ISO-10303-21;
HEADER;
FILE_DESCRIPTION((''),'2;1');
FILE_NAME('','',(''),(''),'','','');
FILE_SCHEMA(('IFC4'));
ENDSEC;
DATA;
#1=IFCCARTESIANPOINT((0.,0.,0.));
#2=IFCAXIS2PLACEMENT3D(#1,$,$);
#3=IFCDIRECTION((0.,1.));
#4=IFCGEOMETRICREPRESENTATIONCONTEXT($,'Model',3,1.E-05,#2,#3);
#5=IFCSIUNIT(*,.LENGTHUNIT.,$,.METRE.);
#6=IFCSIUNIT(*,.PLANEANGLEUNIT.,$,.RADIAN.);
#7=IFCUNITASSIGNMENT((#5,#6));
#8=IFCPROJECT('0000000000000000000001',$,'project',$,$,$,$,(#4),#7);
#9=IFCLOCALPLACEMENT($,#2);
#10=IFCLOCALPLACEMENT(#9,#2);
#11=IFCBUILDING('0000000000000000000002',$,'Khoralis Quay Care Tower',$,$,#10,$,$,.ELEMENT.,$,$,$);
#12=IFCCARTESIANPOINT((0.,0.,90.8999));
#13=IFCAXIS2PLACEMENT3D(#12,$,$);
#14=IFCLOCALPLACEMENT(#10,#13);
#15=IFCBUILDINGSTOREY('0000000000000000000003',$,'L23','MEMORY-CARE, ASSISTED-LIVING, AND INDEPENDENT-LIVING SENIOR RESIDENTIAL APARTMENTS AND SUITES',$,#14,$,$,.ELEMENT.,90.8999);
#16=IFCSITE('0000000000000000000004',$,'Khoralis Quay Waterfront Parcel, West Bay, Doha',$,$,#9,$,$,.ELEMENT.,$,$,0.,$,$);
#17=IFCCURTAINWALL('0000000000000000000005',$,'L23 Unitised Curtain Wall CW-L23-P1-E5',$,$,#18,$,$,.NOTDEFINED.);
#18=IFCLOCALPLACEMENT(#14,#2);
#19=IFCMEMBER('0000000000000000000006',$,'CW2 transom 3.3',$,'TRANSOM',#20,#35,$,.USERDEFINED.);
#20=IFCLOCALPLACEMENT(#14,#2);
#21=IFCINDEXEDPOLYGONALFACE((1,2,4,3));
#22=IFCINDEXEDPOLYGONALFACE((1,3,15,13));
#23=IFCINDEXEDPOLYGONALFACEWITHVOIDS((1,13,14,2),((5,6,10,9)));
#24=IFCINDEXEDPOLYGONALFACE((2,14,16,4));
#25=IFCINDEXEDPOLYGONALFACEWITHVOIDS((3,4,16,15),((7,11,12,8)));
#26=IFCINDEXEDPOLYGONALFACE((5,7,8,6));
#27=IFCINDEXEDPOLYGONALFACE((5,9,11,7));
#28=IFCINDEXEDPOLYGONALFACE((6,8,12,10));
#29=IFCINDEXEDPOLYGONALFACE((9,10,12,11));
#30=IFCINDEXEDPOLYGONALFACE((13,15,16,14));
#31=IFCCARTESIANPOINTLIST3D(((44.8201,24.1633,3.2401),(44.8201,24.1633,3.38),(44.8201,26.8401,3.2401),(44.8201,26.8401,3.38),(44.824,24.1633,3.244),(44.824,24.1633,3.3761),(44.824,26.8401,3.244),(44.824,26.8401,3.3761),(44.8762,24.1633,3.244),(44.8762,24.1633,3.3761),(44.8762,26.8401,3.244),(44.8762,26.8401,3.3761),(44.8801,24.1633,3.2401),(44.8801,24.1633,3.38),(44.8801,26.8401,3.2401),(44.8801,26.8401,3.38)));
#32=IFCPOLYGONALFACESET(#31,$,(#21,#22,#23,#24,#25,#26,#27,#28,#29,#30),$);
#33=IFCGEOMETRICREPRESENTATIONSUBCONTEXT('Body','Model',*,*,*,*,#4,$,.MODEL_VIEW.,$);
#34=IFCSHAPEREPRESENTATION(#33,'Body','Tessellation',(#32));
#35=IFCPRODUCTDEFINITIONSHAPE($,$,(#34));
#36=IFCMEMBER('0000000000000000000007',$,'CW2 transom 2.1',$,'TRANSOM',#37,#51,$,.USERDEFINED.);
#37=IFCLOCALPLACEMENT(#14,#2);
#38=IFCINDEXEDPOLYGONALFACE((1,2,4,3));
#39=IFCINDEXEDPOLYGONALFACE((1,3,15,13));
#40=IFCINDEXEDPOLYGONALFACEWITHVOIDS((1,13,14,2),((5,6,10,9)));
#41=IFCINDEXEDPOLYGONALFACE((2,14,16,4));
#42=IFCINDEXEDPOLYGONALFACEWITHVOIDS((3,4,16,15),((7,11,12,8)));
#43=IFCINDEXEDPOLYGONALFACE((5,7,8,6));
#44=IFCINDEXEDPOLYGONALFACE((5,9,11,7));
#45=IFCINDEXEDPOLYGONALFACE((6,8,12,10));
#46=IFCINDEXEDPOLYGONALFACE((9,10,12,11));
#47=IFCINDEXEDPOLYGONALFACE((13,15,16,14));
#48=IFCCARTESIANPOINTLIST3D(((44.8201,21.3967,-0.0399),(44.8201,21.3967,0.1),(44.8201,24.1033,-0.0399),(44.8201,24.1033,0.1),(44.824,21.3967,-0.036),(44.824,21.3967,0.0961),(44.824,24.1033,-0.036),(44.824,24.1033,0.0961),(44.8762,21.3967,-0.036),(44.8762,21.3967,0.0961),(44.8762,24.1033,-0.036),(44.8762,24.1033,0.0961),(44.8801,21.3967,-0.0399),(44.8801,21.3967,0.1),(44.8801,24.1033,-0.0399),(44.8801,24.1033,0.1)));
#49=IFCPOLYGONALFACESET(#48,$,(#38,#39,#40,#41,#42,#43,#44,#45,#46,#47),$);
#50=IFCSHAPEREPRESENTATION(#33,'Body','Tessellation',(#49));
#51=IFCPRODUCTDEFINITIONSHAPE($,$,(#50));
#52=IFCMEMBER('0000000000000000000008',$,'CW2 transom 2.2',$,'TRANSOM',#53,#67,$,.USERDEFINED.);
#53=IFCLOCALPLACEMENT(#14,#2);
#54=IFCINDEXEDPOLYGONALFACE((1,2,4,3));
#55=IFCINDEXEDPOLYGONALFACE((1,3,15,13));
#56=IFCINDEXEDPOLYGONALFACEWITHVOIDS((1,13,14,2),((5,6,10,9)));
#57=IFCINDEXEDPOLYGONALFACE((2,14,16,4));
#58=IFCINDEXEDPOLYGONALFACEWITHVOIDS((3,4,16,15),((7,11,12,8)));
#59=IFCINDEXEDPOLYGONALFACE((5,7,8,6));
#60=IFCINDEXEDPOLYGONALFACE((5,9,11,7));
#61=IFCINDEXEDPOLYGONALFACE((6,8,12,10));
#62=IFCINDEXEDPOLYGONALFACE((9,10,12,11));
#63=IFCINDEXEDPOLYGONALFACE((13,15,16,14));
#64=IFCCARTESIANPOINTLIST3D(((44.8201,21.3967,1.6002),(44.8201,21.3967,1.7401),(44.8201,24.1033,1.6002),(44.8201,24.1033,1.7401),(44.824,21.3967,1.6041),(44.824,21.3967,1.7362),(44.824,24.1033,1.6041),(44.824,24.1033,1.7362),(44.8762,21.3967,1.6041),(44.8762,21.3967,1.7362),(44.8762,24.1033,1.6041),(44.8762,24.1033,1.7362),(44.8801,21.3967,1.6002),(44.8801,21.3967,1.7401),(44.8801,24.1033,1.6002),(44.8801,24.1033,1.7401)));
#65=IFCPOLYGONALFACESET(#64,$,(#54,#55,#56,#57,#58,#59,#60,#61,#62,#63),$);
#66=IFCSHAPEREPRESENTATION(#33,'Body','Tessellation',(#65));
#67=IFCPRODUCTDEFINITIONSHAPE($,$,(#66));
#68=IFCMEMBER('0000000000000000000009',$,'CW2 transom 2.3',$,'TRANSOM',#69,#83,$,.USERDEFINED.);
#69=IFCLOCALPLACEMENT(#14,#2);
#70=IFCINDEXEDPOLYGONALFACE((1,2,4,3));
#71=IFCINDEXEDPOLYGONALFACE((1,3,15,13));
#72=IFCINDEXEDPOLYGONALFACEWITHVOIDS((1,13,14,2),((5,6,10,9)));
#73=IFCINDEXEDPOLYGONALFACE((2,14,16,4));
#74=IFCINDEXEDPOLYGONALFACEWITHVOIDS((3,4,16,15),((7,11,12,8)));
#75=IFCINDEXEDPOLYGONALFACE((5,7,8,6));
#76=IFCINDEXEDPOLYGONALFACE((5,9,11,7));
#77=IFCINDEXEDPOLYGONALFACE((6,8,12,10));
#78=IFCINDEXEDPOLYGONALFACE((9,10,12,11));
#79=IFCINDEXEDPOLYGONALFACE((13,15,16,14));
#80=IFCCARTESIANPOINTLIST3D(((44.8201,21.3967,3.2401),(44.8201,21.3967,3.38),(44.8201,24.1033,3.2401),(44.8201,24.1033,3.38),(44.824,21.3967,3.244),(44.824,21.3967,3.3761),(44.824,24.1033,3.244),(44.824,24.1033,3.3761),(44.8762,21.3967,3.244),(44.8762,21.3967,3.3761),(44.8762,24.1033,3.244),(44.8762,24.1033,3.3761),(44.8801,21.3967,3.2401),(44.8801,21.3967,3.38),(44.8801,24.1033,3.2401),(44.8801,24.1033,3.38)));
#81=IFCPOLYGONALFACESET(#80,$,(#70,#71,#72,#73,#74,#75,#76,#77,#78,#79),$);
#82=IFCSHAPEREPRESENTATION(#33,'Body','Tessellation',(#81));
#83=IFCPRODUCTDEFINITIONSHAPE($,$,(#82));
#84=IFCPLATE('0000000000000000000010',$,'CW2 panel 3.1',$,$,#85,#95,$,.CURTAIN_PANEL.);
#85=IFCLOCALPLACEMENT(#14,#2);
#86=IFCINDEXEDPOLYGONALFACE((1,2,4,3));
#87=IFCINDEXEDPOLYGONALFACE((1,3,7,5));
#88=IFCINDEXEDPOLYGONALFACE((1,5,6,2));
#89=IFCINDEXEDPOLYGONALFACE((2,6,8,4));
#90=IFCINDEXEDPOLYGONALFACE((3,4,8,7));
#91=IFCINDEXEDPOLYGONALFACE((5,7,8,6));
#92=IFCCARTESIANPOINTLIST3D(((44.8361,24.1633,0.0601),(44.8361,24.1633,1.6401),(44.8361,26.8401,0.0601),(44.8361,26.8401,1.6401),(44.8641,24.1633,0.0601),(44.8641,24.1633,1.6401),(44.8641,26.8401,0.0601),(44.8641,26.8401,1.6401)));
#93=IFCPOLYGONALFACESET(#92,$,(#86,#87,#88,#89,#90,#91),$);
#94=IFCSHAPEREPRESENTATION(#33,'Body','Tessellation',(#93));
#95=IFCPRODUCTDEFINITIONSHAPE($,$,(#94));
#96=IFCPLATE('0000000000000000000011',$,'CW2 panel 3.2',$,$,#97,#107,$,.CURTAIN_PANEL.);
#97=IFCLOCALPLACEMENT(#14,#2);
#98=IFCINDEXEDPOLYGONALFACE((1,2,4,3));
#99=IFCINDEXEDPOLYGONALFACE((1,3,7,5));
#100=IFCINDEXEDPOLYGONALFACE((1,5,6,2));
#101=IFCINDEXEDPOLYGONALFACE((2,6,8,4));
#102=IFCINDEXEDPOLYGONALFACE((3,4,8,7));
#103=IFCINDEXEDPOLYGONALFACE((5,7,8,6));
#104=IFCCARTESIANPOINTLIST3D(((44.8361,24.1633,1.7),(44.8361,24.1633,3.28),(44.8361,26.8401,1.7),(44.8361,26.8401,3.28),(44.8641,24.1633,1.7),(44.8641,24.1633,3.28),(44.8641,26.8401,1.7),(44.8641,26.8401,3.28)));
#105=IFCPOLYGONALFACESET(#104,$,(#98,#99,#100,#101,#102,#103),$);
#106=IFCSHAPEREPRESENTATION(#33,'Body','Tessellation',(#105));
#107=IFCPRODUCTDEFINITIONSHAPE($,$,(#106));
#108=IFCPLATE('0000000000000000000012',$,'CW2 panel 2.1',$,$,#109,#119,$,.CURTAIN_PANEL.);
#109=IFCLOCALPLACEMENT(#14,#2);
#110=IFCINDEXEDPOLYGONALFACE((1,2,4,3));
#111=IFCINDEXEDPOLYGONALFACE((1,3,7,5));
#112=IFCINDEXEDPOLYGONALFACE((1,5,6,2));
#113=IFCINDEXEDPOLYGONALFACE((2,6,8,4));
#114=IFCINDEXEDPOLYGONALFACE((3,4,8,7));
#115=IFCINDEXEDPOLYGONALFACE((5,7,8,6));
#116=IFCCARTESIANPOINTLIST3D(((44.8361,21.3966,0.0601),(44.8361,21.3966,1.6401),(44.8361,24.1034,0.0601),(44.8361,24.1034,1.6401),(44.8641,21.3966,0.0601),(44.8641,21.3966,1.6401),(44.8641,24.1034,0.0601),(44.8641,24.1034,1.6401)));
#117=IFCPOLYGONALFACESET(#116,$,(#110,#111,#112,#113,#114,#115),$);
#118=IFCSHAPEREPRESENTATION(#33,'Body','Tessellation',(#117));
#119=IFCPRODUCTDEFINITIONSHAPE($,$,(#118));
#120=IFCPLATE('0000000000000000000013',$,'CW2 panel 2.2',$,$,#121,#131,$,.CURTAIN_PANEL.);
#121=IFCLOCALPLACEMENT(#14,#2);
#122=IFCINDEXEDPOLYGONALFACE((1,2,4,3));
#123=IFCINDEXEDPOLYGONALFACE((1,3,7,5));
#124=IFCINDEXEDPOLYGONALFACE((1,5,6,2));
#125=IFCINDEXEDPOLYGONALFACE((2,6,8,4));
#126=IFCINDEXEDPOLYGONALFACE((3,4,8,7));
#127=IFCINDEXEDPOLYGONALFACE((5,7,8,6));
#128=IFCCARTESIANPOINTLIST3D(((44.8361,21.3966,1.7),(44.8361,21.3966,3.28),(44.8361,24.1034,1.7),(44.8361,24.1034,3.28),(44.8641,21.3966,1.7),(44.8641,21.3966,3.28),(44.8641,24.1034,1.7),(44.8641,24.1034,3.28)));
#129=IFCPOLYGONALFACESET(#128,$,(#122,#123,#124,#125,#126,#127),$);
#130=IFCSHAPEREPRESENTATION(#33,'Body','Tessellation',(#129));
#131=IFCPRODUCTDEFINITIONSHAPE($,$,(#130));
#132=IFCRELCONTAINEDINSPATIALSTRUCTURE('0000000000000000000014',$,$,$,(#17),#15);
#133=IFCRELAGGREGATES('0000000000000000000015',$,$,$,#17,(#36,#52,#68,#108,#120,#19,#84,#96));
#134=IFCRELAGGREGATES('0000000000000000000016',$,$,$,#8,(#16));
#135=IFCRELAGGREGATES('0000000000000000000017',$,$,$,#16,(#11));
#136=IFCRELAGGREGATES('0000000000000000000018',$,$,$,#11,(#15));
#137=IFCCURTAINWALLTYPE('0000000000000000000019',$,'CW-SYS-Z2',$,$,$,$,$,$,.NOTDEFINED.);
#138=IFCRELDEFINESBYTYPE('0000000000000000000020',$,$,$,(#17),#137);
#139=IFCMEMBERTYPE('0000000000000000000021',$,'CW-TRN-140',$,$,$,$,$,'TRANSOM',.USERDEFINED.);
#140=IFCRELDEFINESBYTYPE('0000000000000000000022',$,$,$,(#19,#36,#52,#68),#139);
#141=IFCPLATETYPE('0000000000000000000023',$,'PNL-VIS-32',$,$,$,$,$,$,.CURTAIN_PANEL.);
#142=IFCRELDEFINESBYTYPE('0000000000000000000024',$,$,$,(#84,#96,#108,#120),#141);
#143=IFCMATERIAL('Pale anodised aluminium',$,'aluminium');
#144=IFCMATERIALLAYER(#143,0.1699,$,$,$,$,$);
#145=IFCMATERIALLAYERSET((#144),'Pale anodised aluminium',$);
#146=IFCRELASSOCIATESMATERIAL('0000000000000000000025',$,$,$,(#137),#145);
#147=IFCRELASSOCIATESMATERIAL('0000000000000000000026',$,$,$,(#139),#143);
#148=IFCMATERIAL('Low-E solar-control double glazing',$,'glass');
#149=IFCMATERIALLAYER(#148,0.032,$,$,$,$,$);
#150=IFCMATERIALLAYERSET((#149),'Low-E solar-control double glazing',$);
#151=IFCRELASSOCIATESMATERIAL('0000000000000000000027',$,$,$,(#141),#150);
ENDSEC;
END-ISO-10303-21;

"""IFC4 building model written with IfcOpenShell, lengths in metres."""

from ifc_helpers import new_model, si_unit, direction, frame, origin, origin_2d, place, context, subcontext, project, spatial, rectangle, hollow_rectangle, extrude, source, transform, mapped, material, layer, layer_set, material_profile, profile_set, type_object, element, aggregate, save


model = new_model("IFC4")

# Units and contexts
model_context = context("Model", 3, precision=1e-05, world=origin(), true_north=direction((0.0, 1.0)))
body_context = subcontext(model_context, "Body", "Model", "MODEL_VIEW")
ifc_project = project(units=[si_unit("LENGTHUNIT", "METRE"), si_unit("PLANEANGLEUNIT", "RADIAN")], contexts=[model_context])

# Site, building, storey
site_placement = place(None, origin())
site = spatial("IfcSite", under=ifc_project, at=site_placement, Name="Khoralis Quay Waterfront Parcel, West Bay, Doha", CompositionType="ELEMENT", RefElevation=0.0)
building_placement = place(site_placement, origin())
building = spatial("IfcBuilding", under=site, at=building_placement, Name="Khoralis Quay Care Tower", CompositionType="ELEMENT")
storey_placement = place(building_placement, frame((0.0, 0.0, 90.8999)))
storey = spatial("IfcBuildingStorey", under=building, at=storey_placement, Name="L23", Description="MEMORY-CARE, ASSISTED-LIVING, AND INDEPENDENT-LIVING SENIOR RESIDENTIAL APARTMENTS AND SUITES", CompositionType="ELEMENT", Elevation=90.8999)

# Curtain wall, members, plates
ifc_material_1 = material(Name="Pale anodised aluminium", Category="aluminium")
ifc_layer_1 = layer(ifc_material_1, 0.1699)
ifc_layer_set_1 = layer_set([ifc_layer_1], Name="Pale anodised aluminium")
curtain_wall_type = type_object("IfcCurtainWallType", Name="CW-SYS-Z2", PredefinedType="NOTDEFINED", material=ifc_layer_set_1)
curtain_wall_placement = place(storey_placement, origin())
curtain_wall = element("IfcCurtainWall", 1, at=curtain_wall_placement, inside=storey, type_object=curtain_wall_type, Name="L23 Unitised Curtain Wall CW-L23-P1-E5", PredefinedType="NOTDEFINED")
ifc_material_profile_1 = material_profile(ifc_material_1, hollow_rectangle(XDim=0.0601, YDim=0.1399, WallThickness=0.0039, at=origin_2d()), Name="Pale anodised aluminium")
ifc_profile_set_1 = profile_set([ifc_material_profile_1], Name="Pale anodised aluminium")
member_type_1 = type_object("IfcMemberType", Name="CW-TRN-140", ElementType="TRANSOM", PredefinedType="USERDEFINED", material=ifc_profile_set_1)
shared_shape_1 = source(origin(), body_context, "Body", "SweptSolid", [
    extrude(hollow_rectangle(XDim=0.0601, YDim=0.1399, WallThickness=0.0039, at=origin_2d()), origin(), (0.0, 0.0, 1.0), 2.6768),
])
member_1_placement = place(storey_placement, frame((44.8501, 24.1633, 3.3101), z_axis=(0.0, 1.0, 0.0), x_axis=(-1.0, 0.0, 0.0)))
member_1 = element("IfcMember", 2, at=member_1_placement, type_object=member_type_1, Name="CW2 transom 3.3", ObjectType="TRANSOM", PredefinedType="USERDEFINED", context=body_context, shape_type="MappedRepresentation", body=[
    mapped(shared_shape_1, transform((0.0, 0.0, 0.0), scale=1.0)),
])
shared_shape_2 = source(origin(), body_context, "Body", "SweptSolid", [
    extrude(hollow_rectangle(XDim=0.0601, YDim=0.1399, WallThickness=0.0039, at=origin_2d()), origin(), (0.0, 0.0, 1.0), 2.7065),
])
member_2_placement = place(storey_placement, frame((44.8501, 21.3967, 0.03), z_axis=(0.0, 1.0, 0.0), x_axis=(-1.0, 0.0, 0.0)))
member_2 = element("IfcMember", 3, at=member_2_placement, type_object=member_type_1, Name="CW2 transom 2.1", ObjectType="TRANSOM", PredefinedType="USERDEFINED", context=body_context, shape_type="MappedRepresentation", body=[
    mapped(shared_shape_2, transform((0.0, 0.0, 0.0), scale=1.0)),
])
member_3_placement = place(storey_placement, frame((44.8501, 21.3967, 1.6702), z_axis=(0.0, 1.0, 0.0), x_axis=(-1.0, 0.0, 0.0)))
member_3 = element("IfcMember", 4, at=member_3_placement, type_object=member_type_1, Name="CW2 transom 2.2", ObjectType="TRANSOM", PredefinedType="USERDEFINED", context=body_context, shape_type="MappedRepresentation", body=[
    mapped(shared_shape_2, transform((0.0, 0.0, 0.0), scale=1.0)),
])
member_4_placement = place(storey_placement, frame((44.8501, 21.3967, 3.3101), z_axis=(0.0, 1.0, 0.0), x_axis=(-1.0, 0.0, 0.0)))
member_4 = element("IfcMember", 5, at=member_4_placement, type_object=member_type_1, Name="CW2 transom 2.3", ObjectType="TRANSOM", PredefinedType="USERDEFINED", context=body_context, shape_type="MappedRepresentation", body=[
    mapped(shared_shape_2, transform((0.0, 0.0, 0.0), scale=1.0)),
])
ifc_material_2 = material(Name="Low-E solar-control double glazing", Category="glass")
ifc_layer_2 = layer(ifc_material_2, 0.032)
ifc_layer_set_2 = layer_set([ifc_layer_2], Name="Low-E solar-control double glazing")
plate_type = type_object("IfcPlateType", Name="PNL-VIS-32", PredefinedType="CURTAIN_PANEL", material=ifc_layer_set_2)
shared_shape_3 = source(origin(), body_context, "Body", "SweptSolid", [
    extrude(rectangle(XDim=2.6768, YDim=0.0281, at=origin_2d()), origin(), (0.0, 0.0, 1.0), 1.5801),
])
plate_1_placement = place(storey_placement, frame((44.8501, 25.5017, 0.0601), z_axis=(0.0, 0.0, 1.0), x_axis=(0.0, 1.0, 0.0)))
plate_1 = element("IfcPlate", 6, at=plate_1_placement, type_object=plate_type, Name="CW2 panel 3.1", PredefinedType="CURTAIN_PANEL", context=body_context, shape_type="MappedRepresentation", body=[
    mapped(shared_shape_3, transform((0.0, 0.0, 0.0), scale=1.0)),
])
plate_2_placement = place(storey_placement, frame((44.8501, 25.5017, 1.7), z_axis=(0.0, 0.0, 1.0), x_axis=(0.0, 1.0, 0.0)))
plate_2 = element("IfcPlate", 7, at=plate_2_placement, type_object=plate_type, Name="CW2 panel 3.2", PredefinedType="CURTAIN_PANEL", context=body_context, shape_type="MappedRepresentation", body=[
    mapped(shared_shape_3, transform((0.0, 0.0, 0.0), scale=1.0)),
])
shared_shape_4 = source(origin(), body_context, "Body", "SweptSolid", [
    extrude(rectangle(XDim=2.7068, YDim=0.0281, at=origin_2d()), origin(), (0.0, 0.0, 1.0), 1.5801),
])
plate_3_placement = place(storey_placement, frame((44.8501, 22.75, 0.0601), z_axis=(0.0, 0.0, 1.0), x_axis=(0.0, 1.0, 0.0)))
plate_3 = element("IfcPlate", 8, at=plate_3_placement, type_object=plate_type, Name="CW2 panel 2.1", PredefinedType="CURTAIN_PANEL", context=body_context, shape_type="MappedRepresentation", body=[
    mapped(shared_shape_4, transform((0.0, 0.0, 0.0), scale=1.0)),
])
plate_4_placement = place(storey_placement, frame((44.8501, 22.75, 1.7), z_axis=(0.0, 0.0, 1.0), x_axis=(0.0, 1.0, 0.0)))
plate_4 = element("IfcPlate", 9, at=plate_4_placement, type_object=plate_type, Name="CW2 panel 2.2", PredefinedType="CURTAIN_PANEL", context=body_context, shape_type="MappedRepresentation", body=[
    mapped(shared_shape_4, transform((0.0, 0.0, 0.0), scale=1.0)),
])
aggregate(curtain_wall, [member_2, member_3, member_4, plate_3, plate_4, member_1, plate_1, plate_2])

save(model, "model.ifc")
